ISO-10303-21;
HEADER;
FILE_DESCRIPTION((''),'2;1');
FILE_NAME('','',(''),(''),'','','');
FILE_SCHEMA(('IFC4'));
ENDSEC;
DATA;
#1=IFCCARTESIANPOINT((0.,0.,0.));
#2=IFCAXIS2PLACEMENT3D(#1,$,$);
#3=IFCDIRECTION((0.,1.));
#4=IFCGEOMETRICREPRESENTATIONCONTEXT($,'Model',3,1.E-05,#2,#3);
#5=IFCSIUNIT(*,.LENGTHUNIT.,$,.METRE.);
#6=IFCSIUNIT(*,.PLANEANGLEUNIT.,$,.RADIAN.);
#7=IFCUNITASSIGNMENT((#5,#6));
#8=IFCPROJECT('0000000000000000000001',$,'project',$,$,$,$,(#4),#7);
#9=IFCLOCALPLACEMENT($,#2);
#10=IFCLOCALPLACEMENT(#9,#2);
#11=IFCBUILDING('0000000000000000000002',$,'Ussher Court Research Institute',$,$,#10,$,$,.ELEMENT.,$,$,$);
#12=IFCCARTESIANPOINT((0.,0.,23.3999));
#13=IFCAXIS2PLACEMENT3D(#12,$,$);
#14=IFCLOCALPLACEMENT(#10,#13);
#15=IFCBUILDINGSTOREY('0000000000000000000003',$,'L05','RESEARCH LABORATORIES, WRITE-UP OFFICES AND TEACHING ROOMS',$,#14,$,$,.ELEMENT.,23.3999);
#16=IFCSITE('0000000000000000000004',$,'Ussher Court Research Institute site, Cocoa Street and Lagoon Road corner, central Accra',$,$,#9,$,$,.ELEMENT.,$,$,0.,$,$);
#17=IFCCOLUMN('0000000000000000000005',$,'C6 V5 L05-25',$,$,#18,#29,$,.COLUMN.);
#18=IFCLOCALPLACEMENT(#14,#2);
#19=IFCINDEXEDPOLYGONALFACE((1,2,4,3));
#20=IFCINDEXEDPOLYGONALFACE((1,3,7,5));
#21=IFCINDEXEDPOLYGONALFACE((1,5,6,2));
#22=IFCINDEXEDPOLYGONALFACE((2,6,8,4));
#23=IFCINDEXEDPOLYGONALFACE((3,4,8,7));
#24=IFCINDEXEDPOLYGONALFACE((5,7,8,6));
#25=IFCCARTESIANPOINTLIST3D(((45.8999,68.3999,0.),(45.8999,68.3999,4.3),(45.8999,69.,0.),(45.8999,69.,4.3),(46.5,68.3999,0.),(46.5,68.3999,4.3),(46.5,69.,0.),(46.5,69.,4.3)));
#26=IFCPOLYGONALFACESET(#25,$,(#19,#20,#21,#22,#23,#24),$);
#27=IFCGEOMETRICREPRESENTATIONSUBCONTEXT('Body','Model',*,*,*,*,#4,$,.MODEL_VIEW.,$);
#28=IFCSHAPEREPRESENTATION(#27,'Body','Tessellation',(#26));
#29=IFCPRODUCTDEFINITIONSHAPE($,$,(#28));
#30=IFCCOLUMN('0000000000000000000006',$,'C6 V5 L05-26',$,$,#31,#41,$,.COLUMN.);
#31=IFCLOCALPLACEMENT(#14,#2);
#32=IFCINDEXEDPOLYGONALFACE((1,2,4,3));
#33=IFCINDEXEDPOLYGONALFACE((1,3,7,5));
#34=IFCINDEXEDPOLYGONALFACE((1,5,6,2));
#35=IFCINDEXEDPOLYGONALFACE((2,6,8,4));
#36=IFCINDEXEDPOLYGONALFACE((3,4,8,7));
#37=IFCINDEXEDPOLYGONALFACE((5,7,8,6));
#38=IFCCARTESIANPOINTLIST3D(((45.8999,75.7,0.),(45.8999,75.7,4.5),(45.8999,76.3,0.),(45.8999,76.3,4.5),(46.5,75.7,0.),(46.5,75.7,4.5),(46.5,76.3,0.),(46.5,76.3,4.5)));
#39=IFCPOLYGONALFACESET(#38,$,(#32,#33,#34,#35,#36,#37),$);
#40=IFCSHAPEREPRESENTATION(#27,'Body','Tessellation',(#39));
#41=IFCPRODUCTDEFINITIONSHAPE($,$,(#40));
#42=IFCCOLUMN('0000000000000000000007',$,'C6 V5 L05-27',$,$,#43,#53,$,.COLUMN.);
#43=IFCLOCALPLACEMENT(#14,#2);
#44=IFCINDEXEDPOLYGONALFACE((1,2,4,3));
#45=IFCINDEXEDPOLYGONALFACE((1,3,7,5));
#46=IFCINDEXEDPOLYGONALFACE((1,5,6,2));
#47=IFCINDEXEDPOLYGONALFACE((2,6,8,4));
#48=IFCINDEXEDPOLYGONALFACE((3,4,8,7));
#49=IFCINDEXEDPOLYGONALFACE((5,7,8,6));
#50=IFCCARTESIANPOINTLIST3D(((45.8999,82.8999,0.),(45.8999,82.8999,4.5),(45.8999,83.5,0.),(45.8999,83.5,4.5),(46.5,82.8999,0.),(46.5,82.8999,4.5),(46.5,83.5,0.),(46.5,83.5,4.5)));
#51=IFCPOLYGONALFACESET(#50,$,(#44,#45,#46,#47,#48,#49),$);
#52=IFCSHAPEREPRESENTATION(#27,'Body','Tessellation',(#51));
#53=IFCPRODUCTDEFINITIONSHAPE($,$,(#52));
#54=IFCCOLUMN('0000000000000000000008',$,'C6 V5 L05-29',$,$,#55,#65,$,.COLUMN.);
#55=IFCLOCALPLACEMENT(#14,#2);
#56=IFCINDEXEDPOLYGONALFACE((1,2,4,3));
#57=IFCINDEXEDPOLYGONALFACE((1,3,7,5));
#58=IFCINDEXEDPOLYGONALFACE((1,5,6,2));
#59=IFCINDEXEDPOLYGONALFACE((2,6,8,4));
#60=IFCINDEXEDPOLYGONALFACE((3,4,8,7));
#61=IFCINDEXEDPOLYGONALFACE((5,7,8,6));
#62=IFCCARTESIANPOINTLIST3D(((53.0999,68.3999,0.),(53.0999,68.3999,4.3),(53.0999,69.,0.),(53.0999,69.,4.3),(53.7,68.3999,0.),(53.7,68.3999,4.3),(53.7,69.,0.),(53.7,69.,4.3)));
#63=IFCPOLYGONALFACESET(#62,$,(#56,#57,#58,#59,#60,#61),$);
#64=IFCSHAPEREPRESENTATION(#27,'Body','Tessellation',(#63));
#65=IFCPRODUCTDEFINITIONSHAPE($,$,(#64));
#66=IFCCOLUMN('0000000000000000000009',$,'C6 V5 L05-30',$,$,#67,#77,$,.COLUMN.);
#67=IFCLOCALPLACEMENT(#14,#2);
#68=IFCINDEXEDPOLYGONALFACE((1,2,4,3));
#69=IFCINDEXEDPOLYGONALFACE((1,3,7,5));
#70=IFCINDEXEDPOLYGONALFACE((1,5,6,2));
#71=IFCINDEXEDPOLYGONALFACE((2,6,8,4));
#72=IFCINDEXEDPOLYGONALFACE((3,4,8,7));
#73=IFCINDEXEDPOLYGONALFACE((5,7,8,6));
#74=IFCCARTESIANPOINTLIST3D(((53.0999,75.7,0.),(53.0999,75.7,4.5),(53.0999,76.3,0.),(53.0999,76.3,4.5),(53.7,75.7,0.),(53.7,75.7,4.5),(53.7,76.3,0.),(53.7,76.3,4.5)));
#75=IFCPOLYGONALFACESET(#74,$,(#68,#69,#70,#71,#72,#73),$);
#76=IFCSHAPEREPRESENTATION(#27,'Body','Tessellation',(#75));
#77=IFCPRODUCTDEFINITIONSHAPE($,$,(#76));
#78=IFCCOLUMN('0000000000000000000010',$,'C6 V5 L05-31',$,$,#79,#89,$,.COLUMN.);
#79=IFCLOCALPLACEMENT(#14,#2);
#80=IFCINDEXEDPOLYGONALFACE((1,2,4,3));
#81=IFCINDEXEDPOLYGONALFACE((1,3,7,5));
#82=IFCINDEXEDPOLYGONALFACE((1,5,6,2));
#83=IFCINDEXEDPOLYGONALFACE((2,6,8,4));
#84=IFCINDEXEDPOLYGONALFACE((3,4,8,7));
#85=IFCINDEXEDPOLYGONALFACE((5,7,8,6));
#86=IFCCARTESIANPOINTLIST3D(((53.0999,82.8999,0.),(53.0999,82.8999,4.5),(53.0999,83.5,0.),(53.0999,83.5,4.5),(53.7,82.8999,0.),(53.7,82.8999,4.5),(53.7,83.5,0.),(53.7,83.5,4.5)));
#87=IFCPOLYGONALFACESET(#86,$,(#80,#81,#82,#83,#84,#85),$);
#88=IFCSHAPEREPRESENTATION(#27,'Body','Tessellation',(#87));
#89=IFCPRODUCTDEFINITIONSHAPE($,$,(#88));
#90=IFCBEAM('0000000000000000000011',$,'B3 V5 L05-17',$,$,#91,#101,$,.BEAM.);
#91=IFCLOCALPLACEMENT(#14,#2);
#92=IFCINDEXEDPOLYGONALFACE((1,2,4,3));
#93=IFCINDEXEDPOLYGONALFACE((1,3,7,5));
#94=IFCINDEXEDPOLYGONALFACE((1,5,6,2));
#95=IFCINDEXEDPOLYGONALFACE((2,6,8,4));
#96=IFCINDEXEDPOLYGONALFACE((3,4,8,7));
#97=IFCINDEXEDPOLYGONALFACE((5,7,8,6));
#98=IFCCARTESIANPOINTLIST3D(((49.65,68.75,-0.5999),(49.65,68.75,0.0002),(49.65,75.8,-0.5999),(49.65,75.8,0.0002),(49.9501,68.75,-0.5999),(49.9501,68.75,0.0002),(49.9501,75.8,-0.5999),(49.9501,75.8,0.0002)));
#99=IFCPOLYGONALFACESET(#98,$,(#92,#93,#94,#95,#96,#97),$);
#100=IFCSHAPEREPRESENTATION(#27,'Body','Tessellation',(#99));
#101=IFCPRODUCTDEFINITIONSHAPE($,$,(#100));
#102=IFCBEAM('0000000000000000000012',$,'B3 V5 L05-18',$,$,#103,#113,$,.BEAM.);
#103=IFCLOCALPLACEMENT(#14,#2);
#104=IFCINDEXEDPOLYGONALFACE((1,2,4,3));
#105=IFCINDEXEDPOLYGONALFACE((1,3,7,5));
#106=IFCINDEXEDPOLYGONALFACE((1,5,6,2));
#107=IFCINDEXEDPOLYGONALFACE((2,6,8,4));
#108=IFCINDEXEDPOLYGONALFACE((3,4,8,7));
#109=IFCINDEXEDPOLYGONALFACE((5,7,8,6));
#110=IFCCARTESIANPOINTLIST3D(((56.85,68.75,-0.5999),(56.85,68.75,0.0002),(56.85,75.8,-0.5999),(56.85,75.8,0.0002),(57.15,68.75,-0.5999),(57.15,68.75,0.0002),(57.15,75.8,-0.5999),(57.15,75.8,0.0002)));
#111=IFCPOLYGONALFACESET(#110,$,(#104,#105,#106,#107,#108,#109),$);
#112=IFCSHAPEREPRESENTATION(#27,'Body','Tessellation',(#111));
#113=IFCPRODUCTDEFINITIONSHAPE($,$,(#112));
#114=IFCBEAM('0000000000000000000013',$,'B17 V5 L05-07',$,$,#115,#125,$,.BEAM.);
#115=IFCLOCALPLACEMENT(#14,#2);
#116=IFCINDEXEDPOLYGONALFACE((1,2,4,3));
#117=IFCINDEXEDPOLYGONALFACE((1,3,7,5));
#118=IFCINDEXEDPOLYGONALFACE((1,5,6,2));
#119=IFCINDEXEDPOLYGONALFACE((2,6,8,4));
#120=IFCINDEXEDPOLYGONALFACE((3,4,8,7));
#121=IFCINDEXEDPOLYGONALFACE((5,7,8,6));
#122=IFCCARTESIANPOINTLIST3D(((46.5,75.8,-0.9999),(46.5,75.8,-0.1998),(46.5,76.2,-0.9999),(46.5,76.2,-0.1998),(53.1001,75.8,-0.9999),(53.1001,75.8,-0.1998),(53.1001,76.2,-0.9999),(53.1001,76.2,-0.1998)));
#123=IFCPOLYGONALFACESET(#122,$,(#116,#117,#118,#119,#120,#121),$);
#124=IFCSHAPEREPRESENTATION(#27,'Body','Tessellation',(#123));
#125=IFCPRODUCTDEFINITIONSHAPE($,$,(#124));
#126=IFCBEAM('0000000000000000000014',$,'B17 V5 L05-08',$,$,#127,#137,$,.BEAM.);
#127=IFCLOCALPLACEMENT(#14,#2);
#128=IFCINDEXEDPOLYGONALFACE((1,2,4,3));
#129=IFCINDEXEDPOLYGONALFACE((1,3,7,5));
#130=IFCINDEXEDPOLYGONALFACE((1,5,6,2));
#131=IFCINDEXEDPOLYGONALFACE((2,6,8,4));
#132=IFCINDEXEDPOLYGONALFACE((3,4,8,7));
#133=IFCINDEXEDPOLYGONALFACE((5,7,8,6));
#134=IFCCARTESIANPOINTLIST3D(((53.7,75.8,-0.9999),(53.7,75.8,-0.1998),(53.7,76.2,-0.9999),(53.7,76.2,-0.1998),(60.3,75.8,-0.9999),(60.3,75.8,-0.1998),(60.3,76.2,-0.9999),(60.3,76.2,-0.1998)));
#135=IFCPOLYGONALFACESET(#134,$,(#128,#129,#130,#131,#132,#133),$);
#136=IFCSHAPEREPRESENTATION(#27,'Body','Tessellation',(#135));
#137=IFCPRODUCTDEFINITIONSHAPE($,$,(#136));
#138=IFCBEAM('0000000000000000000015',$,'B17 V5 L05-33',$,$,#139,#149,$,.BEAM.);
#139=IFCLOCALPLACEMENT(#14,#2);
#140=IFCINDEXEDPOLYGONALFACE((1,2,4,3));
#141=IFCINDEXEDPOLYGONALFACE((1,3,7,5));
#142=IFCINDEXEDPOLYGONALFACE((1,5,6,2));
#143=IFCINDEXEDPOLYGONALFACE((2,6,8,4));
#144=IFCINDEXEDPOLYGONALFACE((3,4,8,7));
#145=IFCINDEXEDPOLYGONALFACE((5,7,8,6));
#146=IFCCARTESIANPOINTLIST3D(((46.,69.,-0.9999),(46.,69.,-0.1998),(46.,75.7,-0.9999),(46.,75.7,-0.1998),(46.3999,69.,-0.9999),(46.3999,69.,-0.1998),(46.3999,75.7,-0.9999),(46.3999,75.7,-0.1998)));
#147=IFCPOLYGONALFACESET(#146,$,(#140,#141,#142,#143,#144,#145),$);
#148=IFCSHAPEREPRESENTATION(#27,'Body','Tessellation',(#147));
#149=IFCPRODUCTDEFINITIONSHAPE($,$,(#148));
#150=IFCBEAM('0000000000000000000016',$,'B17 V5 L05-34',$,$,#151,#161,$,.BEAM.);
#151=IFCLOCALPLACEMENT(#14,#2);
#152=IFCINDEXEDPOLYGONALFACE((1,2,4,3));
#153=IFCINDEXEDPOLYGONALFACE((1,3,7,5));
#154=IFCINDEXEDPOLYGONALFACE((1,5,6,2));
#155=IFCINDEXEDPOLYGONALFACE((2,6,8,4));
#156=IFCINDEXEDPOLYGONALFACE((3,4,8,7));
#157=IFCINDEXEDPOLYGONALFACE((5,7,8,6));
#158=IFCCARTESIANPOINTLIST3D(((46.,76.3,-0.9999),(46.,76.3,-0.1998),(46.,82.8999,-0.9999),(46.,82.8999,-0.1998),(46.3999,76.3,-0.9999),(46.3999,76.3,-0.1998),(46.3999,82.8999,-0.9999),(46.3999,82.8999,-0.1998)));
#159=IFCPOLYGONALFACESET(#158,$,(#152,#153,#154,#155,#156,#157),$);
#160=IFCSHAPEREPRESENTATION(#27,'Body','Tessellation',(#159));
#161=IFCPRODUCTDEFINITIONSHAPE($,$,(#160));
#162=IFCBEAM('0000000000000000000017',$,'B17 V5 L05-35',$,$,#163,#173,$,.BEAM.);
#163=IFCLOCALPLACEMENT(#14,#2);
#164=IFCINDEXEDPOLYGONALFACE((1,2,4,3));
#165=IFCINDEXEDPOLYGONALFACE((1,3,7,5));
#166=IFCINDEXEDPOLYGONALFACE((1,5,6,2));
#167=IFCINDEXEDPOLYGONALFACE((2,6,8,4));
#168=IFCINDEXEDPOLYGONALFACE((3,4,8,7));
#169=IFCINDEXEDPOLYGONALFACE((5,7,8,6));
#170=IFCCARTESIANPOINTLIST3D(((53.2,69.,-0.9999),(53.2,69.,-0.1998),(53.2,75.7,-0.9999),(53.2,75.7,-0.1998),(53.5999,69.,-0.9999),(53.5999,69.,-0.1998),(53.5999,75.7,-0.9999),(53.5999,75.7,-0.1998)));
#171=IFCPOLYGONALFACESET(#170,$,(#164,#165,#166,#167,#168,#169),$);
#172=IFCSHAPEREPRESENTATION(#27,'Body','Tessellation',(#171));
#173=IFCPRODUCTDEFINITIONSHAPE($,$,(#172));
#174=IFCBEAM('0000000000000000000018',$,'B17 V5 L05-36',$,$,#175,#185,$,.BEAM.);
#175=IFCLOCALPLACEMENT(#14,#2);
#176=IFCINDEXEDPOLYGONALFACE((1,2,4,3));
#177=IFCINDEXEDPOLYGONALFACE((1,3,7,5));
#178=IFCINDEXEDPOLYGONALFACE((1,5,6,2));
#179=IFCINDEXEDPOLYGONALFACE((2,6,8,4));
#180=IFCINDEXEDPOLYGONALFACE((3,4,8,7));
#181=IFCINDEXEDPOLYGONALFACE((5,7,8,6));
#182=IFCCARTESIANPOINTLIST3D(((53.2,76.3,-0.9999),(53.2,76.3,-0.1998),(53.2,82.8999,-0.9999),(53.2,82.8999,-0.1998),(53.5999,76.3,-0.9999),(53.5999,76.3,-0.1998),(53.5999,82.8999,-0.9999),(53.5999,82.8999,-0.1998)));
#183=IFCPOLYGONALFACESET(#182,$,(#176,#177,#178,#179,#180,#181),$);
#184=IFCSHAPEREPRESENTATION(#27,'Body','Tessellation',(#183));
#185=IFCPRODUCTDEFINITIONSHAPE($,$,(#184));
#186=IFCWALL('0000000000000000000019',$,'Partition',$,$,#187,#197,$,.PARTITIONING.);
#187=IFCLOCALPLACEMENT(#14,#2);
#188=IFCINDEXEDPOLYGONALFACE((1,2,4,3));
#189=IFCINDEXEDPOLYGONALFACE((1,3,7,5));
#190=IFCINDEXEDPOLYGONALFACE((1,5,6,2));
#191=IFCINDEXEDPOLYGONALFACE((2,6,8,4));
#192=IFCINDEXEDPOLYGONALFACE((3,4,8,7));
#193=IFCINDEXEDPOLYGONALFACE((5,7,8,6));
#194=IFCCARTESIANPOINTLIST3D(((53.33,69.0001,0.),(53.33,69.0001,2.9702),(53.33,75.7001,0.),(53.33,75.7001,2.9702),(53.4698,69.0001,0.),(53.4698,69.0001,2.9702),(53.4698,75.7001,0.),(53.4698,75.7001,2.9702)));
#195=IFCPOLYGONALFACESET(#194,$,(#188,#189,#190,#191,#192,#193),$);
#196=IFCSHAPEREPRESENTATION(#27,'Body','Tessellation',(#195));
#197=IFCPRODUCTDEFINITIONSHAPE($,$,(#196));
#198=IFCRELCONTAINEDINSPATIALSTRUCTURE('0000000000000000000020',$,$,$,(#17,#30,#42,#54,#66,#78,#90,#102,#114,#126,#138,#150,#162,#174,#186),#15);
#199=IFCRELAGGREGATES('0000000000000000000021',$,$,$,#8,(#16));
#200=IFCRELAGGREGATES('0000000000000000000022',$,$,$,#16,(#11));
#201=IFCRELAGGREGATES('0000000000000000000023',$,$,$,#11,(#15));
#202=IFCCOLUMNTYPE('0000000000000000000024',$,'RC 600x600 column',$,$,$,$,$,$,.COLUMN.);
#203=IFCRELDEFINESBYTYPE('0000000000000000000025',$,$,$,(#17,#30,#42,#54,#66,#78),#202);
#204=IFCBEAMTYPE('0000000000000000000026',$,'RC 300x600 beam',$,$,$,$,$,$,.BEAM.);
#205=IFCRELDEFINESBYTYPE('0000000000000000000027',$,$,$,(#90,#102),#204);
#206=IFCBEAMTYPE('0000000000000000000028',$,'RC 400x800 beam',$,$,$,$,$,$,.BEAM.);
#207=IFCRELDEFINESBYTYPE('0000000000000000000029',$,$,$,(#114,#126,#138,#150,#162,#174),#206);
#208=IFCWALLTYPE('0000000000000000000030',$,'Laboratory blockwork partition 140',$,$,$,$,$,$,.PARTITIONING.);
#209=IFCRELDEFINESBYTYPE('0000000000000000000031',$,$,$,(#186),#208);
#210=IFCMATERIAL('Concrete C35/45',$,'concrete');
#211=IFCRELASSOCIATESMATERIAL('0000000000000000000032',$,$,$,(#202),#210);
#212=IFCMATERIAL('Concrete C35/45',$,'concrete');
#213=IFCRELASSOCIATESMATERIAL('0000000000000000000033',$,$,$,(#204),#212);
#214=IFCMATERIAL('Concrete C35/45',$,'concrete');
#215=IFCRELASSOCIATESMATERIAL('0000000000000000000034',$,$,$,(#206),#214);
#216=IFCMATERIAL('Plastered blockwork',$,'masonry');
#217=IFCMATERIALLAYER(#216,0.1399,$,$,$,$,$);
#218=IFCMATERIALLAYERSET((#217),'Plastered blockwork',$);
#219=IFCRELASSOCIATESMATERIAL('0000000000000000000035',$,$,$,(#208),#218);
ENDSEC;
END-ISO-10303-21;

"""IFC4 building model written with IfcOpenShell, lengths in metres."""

from ifc_helpers import new_model, si_unit, direction, frame, frame_2d, origin, origin_2d, place, context, subcontext, project, spatial, rectangle, extrude, material, layer, layer_set, material_profile, profile_set, type_object, element, save


model = new_model("IFC4")

# Units and contexts
model_context = context("Model", 3, precision=1e-05, world=origin(), true_north=direction((0.0, 1.0)))
body_context = subcontext(model_context, "Body", "Model", "MODEL_VIEW")
ifc_project = project(units=[si_unit("LENGTHUNIT", "METRE"), si_unit("PLANEANGLEUNIT", "RADIAN")], contexts=[model_context])

# Site, building, storey
site_placement = place(None, origin())
site = spatial("IfcSite", under=ifc_project, at=site_placement, Name="Ussher Court Research Institute site, Cocoa Street and Lagoon Road corner, central Accra", CompositionType="ELEMENT", RefElevation=0.0)
building_placement = place(site_placement, origin())
building = spatial("IfcBuilding", under=site, at=building_placement, Name="Ussher Court Research Institute", CompositionType="ELEMENT")
storey_placement = place(building_placement, frame((0.0, 0.0, 23.3999)))
storey = spatial("IfcBuildingStorey", under=building, at=storey_placement, Name="L05", Description="RESEARCH LABORATORIES, WRITE-UP OFFICES AND TEACHING ROOMS", CompositionType="ELEMENT", Elevation=23.3999)

# Columns
ifc_material_1 = material(Name="Concrete C35/45", Category="concrete")
ifc_material_profile_1 = material_profile(ifc_material_1, rectangle(XDim=0.6001, YDim=0.6001, at=origin_2d()), Name="RC 600x600")
ifc_profile_set_1 = profile_set([ifc_material_profile_1], Name="Concrete C35/45")
column_type = type_object("IfcColumnType", Name="RC 600x600 column", PredefinedType="COLUMN", material=ifc_profile_set_1)
column_1_placement = place(storey_placement, frame((46.2, 68.7, 0.0), z_axis=(0.0, 0.0, 1.0), x_axis=(1.0, 0.0, 0.0)))
element("IfcColumn", 1, at=column_1_placement, inside=storey, type_object=column_type, Name="C6 V5 L05-25", PredefinedType="COLUMN", context=body_context, shape_type="SweptSolid", body=[
    extrude(rectangle(XDim=0.6001, YDim=0.6001, at=origin_2d()), origin(), (0.0, 0.0, 1.0), 4.3),
])
for number, where, z_axis, x_axis, name in (
    (2, (46.2, 76.0, 0.0), (0.0, 0.0, 1.0), (1.0, 0.0, 0.0), "C6 V5 L05-26"),
    (3, (46.2, 83.2, 0.0), (0.0, 0.0, 1.0), (1.0, 0.0, 0.0), "C6 V5 L05-27"),
):
    element("IfcColumn", number, at=place(storey_placement, frame(where, z_axis=z_axis, x_axis=x_axis)), inside=storey, type_object=column_type, Name=name, PredefinedType="COLUMN", context=body_context, shape_type="SweptSolid", body=[
        extrude(rectangle(XDim=0.6001, YDim=0.6001, at=origin_2d()), origin(), (0.0, 0.0, 1.0), 4.5),
    ])
column_2_placement = place(storey_placement, frame((53.3999, 68.7, 0.0), z_axis=(0.0, 0.0, 1.0), x_axis=(1.0, 0.0, 0.0)))
element("IfcColumn", 4, at=column_2_placement, inside=storey, type_object=column_type, Name="C6 V5 L05-29", PredefinedType="COLUMN", context=body_context, shape_type="SweptSolid", body=[
    extrude(rectangle(XDim=0.6001, YDim=0.6001, at=origin_2d()), origin(), (0.0, 0.0, 1.0), 4.3),
])
for number, where, z_axis, x_axis, name in (
    (5, (53.3999, 76.0, 0.0), (0.0, 0.0, 1.0), (1.0, 0.0, 0.0), "C6 V5 L05-30"),
    (6, (53.3999, 83.2, 0.0), (0.0, 0.0, 1.0), (1.0, 0.0, 0.0), "C6 V5 L05-31"),
):
    element("IfcColumn", number, at=place(storey_placement, frame(where, z_axis=z_axis, x_axis=x_axis)), inside=storey, type_object=column_type, Name=name, PredefinedType="COLUMN", context=body_context, shape_type="SweptSolid", body=[
        extrude(rectangle(XDim=0.6001, YDim=0.6001, at=origin_2d()), origin(), (0.0, 0.0, 1.0), 4.5),
    ])

# Beams
ifc_material_2 = material(Name="Concrete C35/45", Category="concrete")
ifc_material_profile_2 = material_profile(ifc_material_2, rectangle(XDim=0.3, YDim=0.6001, at=origin_2d()), Name="RC 300x600")
ifc_profile_set_2 = profile_set([ifc_material_profile_2], Name="Concrete C35/45")
beam_type_1 = type_object("IfcBeamType", Name="RC 300x600 beam", PredefinedType="BEAM", material=ifc_profile_set_2)
for number, where, z_axis, x_axis, name in (
    (7, (49.8, 68.75, -0.2998), (0.0, 1.0, 0.0), (-1.0, 0.0, 0.0), "B3 V5 L05-17"),
    (8, (57.0, 68.75, -0.2998), (0.0, 1.0, 0.0), (-1.0, 0.0, 0.0), "B3 V5 L05-18"),
):
    element("IfcBeam", number, at=place(storey_placement, frame(where, z_axis=z_axis, x_axis=x_axis)), inside=storey, type_object=beam_type_1, Name=name, PredefinedType="BEAM", context=body_context, shape_type="SweptSolid", body=[
        extrude(rectangle(XDim=0.3, YDim=0.6001, at=origin_2d()), origin(), (0.0, 0.0, 1.0), 7.05),
    ])
ifc_material_3 = material(Name="Concrete C35/45", Category="concrete")
ifc_material_profile_3 = material_profile(ifc_material_3, rectangle(XDim=0.3999, YDim=0.8, at=origin_2d()), Name="RC 400x800")
ifc_profile_set_3 = profile_set([ifc_material_profile_3], Name="Concrete C35/45")
beam_type_2 = type_object("IfcBeamType", Name="RC 400x800 beam", PredefinedType="BEAM", material=ifc_profile_set_3)
for number, where, z_axis, x_axis, name in (
    (9, (46.5, 76.0, -0.5999), (1.0, 0.0, 0.0), (0.0, 1.0, 0.0), "B17 V5 L05-07"),
    (10, (53.7, 76.0, -0.5999), (1.0, 0.0, 0.0), (0.0, 1.0, 0.0), "B17 V5 L05-08"),
):
    element("IfcBeam", number, at=place(storey_placement, frame(where, z_axis=z_axis, x_axis=x_axis)), inside=storey, type_object=beam_type_2, Name=name, PredefinedType="BEAM", context=body_context, shape_type="SweptSolid", body=[
        extrude(rectangle(XDim=0.3999, YDim=0.8, at=origin_2d()), origin(), (0.0, 0.0, 1.0), 6.6001),
    ])
beam_1_placement = place(storey_placement, frame((46.2, 69.0, -0.5999), z_axis=(0.0, 1.0, 0.0), x_axis=(-1.0, 0.0, 0.0)))
element("IfcBeam", 11, at=beam_1_placement, inside=storey, type_object=beam_type_2, Name="B17 V5 L05-33", PredefinedType="BEAM", context=body_context, shape_type="SweptSolid", body=[
    extrude(rectangle(XDim=0.3999, YDim=0.8, at=origin_2d()), origin(), (0.0, 0.0, 1.0), 6.7),
])
beam_2_placement = place(storey_placement, frame((46.2, 76.3, -0.5999), z_axis=(0.0, 1.0, 0.0), x_axis=(-1.0, 0.0, 0.0)))
element("IfcBeam", 12, at=beam_2_placement, inside=storey, type_object=beam_type_2, Name="B17 V5 L05-34", PredefinedType="BEAM", context=body_context, shape_type="SweptSolid", body=[
    extrude(rectangle(XDim=0.3999, YDim=0.8, at=origin_2d()), origin(), (0.0, 0.0, 1.0), 6.5999),
])
beam_3_placement = place(storey_placement, frame((53.3999, 69.0, -0.5999), z_axis=(0.0, 1.0, 0.0), x_axis=(-1.0, 0.0, 0.0)))
element("IfcBeam", 13, at=beam_3_placement, inside=storey, type_object=beam_type_2, Name="B17 V5 L05-35", PredefinedType="BEAM", context=body_context, shape_type="SweptSolid", body=[
    extrude(rectangle(XDim=0.3999, YDim=0.8, at=origin_2d()), origin(), (0.0, 0.0, 1.0), 6.7),
])
beam_4_placement = place(storey_placement, frame((53.3999, 76.3, -0.5999), z_axis=(0.0, 1.0, 0.0), x_axis=(-1.0, 0.0, 0.0)))
element("IfcBeam", 14, at=beam_4_placement, inside=storey, type_object=beam_type_2, Name="B17 V5 L05-36", PredefinedType="BEAM", context=body_context, shape_type="SweptSolid", body=[
    extrude(rectangle(XDim=0.3999, YDim=0.8, at=origin_2d()), origin(), (0.0, 0.0, 1.0), 6.5999),
])

# Wall
ifc_material_4 = material(Name="Plastered blockwork", Category="masonry")
ifc_layer_1 = layer(ifc_material_4, 0.1399)
ifc_layer_set_1 = layer_set([ifc_layer_1], Name="Plastered blockwork")
wall_type_1 = type_object("IfcWallType", Name="Laboratory blockwork partition 140", PredefinedType="PARTITIONING", material=ifc_layer_set_1)
wall_1_placement = place(storey_placement, frame((53.3999, 69.0, 0.0), z_axis=(0.0, 0.0, 1.0), x_axis=(0.0, 1.0, 0.0)))
element("IfcWall", 15, at=wall_1_placement, inside=storey, type_object=wall_type_1, Name="Partition", PredefinedType="PARTITIONING", context=body_context, shape_type="SweptSolid", body=[
    extrude(rectangle(XDim=6.7, YDim=0.1399, at=frame_2d((3.3501, 0.0))), origin(), (0.0, 0.0, 1.0), 2.9702),
])

save(model, "model.ifc")
